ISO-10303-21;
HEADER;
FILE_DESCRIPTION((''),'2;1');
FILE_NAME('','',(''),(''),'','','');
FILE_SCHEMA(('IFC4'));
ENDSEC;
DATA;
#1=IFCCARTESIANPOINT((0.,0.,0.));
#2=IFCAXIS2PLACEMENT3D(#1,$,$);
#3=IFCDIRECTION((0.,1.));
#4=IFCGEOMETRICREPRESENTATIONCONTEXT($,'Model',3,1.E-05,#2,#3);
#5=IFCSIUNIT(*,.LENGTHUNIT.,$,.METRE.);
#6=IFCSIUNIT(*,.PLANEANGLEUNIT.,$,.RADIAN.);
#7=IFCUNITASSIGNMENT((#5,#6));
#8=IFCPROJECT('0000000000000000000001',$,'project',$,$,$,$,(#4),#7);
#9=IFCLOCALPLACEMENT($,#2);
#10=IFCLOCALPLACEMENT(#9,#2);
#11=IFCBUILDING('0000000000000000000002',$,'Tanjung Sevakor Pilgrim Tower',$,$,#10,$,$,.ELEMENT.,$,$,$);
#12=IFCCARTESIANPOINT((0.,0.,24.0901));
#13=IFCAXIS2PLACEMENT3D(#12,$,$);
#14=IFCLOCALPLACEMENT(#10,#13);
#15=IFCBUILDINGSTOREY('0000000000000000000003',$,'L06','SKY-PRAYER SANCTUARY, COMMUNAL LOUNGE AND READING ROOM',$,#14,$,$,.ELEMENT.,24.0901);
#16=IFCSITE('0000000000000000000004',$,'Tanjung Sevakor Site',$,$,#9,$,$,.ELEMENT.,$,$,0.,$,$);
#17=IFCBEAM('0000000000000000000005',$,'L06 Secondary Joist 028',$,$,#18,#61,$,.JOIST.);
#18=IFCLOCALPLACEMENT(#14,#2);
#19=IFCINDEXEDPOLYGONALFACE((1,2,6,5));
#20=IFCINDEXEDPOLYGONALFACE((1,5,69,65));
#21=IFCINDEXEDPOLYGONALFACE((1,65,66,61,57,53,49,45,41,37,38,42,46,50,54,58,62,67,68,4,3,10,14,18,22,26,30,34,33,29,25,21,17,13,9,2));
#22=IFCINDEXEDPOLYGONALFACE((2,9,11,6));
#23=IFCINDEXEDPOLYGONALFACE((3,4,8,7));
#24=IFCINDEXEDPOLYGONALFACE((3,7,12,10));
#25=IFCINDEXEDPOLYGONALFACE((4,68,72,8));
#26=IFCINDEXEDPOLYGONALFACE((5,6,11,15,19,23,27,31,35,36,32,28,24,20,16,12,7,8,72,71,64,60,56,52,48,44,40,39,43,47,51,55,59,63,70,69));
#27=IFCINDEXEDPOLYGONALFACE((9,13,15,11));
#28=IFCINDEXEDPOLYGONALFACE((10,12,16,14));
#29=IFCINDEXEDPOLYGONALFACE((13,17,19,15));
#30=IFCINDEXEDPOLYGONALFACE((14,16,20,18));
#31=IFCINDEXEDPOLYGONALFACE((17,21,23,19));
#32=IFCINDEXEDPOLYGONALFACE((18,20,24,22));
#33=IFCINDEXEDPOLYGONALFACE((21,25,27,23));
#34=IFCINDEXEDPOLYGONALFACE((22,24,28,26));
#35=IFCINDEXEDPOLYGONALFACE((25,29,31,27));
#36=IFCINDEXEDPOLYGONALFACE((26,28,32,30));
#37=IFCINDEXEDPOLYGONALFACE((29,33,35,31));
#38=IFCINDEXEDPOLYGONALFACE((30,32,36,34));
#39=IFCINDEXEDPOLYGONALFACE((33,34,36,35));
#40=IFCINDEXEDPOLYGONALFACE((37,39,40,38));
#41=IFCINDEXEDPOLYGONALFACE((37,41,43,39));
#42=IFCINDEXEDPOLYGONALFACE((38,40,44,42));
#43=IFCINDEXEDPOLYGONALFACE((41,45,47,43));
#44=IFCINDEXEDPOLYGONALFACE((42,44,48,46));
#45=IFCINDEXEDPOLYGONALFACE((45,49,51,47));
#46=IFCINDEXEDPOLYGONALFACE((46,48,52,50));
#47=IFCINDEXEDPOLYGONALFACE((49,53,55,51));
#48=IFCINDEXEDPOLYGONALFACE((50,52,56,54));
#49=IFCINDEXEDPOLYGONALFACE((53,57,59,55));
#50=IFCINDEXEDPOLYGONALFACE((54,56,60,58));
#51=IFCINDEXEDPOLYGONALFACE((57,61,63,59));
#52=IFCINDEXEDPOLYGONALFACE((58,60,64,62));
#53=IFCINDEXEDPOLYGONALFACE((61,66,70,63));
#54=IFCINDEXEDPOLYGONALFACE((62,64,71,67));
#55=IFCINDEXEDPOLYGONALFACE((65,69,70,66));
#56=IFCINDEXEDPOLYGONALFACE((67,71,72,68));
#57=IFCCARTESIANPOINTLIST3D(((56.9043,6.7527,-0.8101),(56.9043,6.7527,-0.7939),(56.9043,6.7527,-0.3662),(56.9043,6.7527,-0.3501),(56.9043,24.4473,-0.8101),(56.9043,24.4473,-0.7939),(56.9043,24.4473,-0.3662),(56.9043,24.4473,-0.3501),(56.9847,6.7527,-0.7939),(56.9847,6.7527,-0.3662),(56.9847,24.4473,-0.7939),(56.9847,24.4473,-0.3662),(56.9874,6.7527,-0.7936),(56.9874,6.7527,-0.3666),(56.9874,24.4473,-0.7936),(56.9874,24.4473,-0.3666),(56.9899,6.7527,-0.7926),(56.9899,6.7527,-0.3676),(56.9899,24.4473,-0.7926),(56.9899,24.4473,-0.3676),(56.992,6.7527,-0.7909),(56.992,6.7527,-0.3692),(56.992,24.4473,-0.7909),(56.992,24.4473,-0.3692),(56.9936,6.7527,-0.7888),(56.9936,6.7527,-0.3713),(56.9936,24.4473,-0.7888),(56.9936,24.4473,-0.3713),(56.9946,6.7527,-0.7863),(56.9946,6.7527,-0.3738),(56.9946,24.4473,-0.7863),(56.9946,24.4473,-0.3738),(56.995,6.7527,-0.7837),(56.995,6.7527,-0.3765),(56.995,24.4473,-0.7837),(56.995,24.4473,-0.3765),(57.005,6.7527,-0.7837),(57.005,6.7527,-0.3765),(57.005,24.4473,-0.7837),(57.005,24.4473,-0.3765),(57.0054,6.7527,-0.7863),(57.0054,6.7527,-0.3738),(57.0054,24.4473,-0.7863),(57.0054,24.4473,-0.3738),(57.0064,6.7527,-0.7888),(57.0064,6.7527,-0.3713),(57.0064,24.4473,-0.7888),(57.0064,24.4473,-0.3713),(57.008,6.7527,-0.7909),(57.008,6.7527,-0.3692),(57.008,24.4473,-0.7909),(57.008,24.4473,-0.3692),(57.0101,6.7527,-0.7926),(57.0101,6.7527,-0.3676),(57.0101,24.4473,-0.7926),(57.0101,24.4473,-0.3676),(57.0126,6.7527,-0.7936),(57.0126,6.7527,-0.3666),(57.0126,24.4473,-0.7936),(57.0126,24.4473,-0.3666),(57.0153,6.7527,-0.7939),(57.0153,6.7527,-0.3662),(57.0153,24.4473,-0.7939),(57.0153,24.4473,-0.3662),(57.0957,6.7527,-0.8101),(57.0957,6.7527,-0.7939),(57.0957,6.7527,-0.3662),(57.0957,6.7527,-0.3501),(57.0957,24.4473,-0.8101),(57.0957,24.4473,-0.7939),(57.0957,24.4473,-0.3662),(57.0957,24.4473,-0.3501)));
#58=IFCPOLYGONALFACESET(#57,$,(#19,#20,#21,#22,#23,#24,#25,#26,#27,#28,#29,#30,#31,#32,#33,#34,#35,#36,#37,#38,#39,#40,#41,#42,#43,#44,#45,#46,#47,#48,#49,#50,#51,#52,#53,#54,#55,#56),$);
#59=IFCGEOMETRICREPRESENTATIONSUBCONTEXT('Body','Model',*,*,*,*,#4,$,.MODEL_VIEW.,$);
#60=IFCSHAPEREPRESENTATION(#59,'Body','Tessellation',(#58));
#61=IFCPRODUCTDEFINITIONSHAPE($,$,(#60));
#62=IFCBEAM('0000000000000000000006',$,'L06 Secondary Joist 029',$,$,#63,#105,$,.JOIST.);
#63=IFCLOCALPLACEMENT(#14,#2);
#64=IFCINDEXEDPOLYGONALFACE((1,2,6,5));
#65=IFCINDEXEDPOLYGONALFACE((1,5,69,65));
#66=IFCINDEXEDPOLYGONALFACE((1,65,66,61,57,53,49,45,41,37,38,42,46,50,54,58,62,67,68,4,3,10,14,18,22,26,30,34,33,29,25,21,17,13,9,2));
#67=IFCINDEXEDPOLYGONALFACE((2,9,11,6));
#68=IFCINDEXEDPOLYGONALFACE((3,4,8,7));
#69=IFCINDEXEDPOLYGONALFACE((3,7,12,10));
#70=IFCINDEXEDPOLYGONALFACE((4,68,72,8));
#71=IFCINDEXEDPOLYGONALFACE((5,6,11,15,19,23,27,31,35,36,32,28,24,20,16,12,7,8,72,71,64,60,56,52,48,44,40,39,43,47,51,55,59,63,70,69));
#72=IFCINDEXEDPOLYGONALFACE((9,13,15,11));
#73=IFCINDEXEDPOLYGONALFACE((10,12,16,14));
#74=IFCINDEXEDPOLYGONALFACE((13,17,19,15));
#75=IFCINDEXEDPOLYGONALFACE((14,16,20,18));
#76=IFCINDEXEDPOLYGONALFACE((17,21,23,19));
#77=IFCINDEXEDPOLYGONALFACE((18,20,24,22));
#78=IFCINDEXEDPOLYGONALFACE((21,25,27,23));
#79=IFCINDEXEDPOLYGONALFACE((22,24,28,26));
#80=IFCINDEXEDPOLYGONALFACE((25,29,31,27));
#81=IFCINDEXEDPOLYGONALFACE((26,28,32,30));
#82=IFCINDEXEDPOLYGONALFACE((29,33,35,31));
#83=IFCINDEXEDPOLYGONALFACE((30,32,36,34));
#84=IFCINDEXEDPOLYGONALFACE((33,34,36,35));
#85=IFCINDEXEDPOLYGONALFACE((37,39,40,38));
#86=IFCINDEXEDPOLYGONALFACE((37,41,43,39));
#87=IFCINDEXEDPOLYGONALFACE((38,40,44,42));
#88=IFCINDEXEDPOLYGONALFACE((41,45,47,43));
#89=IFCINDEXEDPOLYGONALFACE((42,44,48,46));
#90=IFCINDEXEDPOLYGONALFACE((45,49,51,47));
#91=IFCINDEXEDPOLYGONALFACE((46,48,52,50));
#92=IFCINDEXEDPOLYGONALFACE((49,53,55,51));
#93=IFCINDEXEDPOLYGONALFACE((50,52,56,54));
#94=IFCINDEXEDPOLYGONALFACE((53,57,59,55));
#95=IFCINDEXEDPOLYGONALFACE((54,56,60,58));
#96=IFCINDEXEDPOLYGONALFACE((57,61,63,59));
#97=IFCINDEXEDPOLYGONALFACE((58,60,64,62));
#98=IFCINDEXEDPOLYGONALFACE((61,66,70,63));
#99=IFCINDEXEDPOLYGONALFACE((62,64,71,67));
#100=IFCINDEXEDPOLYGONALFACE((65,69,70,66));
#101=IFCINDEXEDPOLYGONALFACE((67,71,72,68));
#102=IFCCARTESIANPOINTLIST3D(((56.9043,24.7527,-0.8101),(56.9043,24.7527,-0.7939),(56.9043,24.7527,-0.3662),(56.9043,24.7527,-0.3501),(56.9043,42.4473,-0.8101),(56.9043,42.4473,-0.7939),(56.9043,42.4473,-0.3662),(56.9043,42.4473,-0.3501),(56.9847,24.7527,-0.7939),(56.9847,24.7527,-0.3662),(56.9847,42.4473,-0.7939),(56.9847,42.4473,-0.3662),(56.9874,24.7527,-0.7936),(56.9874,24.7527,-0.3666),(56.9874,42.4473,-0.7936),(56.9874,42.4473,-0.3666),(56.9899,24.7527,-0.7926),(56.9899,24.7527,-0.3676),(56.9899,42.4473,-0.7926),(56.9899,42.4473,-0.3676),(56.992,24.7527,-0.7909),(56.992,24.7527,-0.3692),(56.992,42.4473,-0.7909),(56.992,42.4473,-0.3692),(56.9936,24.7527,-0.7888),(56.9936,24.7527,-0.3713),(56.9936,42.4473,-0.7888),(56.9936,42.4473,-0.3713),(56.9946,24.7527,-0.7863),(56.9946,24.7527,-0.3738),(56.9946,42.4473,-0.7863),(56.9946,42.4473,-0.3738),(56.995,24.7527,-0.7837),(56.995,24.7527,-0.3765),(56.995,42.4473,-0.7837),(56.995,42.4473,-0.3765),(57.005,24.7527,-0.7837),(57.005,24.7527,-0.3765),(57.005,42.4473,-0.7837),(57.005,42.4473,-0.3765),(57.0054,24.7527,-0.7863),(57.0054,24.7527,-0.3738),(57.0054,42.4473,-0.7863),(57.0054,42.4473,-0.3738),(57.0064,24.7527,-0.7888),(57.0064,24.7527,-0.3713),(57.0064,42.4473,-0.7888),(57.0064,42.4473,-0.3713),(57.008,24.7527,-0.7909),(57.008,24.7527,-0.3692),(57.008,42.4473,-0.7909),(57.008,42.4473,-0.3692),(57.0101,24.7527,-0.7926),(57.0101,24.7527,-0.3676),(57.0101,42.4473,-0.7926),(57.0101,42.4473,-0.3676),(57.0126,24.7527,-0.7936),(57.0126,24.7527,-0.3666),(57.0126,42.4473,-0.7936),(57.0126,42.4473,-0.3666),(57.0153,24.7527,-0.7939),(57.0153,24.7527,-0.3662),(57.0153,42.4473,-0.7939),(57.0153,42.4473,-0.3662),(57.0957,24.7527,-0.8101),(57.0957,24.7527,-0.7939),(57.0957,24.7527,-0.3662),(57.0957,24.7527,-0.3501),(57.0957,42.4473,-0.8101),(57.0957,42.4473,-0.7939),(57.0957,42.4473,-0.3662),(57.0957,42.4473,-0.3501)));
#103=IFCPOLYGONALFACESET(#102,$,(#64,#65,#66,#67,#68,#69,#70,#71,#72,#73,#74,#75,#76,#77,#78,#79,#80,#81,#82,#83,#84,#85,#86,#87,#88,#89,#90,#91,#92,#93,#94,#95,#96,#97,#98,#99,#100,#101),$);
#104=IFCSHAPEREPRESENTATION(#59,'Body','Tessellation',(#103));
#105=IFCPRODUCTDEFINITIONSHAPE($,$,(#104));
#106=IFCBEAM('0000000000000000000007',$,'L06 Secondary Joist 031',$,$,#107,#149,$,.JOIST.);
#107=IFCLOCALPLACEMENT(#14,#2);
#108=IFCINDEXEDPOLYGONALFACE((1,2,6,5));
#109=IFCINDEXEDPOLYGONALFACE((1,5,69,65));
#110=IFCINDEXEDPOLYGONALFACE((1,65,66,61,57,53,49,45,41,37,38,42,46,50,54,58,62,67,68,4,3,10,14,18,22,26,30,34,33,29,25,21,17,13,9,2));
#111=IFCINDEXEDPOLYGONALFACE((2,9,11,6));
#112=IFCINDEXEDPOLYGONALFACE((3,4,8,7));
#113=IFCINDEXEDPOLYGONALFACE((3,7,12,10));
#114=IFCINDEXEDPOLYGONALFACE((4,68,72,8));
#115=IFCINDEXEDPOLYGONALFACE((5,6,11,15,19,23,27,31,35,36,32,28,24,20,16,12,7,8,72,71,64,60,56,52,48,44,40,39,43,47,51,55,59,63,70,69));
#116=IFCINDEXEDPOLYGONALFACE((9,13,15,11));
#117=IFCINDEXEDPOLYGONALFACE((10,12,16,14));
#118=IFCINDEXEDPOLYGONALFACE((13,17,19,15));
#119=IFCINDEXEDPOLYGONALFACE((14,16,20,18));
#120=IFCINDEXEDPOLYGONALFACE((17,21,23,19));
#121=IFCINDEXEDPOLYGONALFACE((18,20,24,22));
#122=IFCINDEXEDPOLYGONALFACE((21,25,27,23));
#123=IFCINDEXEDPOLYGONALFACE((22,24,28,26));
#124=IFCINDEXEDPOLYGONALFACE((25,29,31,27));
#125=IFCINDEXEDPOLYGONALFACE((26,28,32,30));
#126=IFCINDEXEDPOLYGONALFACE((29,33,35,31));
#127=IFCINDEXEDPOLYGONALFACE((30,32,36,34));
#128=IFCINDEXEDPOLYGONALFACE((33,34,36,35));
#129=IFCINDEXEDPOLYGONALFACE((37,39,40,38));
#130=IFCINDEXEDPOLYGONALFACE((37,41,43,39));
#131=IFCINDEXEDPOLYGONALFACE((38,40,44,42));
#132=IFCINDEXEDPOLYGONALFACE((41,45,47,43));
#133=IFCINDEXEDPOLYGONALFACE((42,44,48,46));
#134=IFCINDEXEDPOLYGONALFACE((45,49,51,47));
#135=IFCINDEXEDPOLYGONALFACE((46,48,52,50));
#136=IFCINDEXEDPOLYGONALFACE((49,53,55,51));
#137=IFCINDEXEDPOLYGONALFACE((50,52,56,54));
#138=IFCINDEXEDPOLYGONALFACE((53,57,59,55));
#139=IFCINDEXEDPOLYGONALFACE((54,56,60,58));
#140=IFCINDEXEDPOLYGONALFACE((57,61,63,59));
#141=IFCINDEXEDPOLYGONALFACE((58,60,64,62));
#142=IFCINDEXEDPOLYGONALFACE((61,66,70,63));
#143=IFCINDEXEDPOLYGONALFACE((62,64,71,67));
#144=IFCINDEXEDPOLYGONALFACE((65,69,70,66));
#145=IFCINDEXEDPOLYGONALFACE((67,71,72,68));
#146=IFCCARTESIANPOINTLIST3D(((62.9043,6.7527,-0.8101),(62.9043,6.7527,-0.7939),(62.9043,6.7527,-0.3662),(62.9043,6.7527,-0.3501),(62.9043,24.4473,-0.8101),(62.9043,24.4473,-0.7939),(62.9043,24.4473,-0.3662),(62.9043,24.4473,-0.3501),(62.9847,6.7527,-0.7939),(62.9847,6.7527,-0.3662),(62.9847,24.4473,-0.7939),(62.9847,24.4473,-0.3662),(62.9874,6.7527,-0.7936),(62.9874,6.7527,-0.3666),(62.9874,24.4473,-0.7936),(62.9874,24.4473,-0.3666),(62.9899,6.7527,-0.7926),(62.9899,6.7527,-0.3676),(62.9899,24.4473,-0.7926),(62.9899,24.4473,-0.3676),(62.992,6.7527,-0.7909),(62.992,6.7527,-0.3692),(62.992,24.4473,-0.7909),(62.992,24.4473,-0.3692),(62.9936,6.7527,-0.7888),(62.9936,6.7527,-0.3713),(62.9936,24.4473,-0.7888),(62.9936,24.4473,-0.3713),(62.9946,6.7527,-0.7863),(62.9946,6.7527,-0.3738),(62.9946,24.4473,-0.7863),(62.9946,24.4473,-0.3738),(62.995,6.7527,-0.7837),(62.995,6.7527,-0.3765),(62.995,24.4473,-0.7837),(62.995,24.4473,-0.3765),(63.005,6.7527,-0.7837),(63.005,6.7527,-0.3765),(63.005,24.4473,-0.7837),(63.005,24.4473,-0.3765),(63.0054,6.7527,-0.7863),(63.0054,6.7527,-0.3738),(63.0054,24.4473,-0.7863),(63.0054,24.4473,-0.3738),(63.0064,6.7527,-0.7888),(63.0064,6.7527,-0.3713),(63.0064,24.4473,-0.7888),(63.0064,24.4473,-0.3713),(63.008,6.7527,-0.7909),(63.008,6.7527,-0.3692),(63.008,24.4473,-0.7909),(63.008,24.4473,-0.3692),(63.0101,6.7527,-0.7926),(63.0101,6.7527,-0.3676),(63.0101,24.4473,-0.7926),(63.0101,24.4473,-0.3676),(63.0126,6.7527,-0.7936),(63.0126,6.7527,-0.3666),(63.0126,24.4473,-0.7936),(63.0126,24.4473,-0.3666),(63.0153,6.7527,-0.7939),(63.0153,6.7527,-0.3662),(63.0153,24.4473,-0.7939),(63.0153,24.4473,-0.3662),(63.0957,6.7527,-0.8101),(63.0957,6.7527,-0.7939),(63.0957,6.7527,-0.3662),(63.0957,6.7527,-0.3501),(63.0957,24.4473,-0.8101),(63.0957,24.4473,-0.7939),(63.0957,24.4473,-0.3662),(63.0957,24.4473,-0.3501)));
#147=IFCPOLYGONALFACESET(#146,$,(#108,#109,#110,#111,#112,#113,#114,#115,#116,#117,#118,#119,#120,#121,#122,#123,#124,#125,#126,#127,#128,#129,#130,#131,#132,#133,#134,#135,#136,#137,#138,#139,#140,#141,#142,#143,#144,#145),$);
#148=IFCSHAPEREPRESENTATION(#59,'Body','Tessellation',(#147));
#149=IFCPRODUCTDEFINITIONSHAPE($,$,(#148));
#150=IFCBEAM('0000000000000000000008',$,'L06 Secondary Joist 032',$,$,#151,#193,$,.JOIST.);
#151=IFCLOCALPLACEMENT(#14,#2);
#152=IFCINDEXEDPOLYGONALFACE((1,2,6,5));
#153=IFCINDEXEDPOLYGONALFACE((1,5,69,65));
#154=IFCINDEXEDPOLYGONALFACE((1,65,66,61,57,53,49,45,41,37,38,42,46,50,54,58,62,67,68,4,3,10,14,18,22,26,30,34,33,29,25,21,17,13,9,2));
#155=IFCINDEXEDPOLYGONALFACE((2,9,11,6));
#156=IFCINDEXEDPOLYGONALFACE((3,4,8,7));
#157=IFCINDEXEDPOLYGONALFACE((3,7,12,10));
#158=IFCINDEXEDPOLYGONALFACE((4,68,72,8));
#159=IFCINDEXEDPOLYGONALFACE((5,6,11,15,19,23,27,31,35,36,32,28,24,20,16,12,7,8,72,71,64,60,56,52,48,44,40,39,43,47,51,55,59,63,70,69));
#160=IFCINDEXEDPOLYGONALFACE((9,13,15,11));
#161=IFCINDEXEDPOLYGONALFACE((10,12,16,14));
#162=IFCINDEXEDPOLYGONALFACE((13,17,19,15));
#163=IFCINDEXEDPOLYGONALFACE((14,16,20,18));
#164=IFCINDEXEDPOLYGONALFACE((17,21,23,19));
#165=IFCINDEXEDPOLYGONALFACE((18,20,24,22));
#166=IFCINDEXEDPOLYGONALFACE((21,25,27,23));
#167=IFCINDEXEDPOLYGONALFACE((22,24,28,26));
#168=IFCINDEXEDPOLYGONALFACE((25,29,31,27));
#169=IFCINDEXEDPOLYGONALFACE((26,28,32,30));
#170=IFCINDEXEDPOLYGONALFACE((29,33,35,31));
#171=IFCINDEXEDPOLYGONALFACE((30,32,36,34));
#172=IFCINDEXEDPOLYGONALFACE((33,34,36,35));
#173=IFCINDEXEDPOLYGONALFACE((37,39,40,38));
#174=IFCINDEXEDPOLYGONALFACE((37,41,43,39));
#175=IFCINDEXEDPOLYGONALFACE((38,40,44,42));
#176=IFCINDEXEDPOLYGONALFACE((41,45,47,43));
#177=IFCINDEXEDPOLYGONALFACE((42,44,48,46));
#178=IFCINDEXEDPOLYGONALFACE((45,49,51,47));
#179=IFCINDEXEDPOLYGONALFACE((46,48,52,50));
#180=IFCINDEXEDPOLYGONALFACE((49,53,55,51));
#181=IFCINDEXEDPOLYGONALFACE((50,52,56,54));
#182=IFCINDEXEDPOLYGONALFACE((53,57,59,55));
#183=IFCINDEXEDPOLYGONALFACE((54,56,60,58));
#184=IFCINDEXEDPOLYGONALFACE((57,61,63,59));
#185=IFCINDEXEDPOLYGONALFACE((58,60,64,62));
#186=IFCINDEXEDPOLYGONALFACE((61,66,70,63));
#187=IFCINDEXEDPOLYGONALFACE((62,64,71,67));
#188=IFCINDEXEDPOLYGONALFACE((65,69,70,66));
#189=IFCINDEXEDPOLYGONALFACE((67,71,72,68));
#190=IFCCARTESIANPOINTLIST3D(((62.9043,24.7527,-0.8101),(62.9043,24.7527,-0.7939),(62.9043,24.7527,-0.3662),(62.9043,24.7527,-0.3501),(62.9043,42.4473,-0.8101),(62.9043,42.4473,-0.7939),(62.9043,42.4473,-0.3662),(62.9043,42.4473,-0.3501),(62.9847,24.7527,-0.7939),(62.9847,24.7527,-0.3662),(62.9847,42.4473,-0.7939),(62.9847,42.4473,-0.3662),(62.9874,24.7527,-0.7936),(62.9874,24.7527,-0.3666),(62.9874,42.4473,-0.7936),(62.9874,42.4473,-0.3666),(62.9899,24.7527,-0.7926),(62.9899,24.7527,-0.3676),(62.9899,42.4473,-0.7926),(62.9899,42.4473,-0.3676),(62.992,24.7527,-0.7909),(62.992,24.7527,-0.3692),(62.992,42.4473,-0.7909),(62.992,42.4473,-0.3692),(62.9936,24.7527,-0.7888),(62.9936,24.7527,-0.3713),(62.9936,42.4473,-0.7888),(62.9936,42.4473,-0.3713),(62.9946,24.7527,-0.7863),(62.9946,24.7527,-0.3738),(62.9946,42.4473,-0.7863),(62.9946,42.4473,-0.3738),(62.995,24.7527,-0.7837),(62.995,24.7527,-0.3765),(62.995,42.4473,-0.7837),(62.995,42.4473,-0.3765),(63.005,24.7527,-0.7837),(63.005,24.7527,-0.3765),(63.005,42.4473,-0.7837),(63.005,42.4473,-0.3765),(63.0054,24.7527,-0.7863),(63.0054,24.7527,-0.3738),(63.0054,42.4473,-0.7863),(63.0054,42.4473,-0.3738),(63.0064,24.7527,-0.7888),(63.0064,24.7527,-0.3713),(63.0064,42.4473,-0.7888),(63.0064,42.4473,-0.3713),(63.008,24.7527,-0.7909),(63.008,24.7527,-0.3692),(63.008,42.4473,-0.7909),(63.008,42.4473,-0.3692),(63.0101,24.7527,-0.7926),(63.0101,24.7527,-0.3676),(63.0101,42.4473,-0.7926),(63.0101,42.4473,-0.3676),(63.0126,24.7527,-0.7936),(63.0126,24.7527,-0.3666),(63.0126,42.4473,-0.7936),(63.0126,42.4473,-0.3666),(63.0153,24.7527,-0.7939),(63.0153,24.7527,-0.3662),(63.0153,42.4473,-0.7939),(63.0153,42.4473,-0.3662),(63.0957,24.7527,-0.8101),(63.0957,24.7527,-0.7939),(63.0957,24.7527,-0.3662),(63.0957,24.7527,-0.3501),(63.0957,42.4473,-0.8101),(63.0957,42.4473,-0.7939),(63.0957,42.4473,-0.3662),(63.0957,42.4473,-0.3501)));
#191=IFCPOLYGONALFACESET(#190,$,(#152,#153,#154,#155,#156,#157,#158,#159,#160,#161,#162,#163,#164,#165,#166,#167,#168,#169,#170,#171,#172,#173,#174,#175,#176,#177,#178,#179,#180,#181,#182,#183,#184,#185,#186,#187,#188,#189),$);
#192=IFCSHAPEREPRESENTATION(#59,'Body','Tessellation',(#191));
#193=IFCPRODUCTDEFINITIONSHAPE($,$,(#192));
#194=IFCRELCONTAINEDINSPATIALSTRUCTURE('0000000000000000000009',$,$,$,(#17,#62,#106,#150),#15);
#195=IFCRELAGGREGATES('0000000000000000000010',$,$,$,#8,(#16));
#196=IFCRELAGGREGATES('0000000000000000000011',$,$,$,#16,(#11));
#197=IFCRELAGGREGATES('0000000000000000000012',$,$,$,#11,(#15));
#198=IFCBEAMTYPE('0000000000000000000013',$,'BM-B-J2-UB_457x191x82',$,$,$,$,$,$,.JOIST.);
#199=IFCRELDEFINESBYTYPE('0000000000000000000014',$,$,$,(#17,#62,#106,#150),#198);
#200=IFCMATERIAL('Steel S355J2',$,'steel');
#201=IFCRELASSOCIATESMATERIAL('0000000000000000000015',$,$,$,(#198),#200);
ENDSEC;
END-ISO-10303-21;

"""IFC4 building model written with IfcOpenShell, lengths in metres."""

from ifc_helpers import new_model, si_unit, direction, frame, origin, origin_2d, place, context, subcontext, project, spatial, i_section, extrude, material, material_profile, profile_set, type_object, element, save


model = new_model("IFC4")

# Units and contexts
model_context = context("Model", 3, precision=1e-05, world=origin(), true_north=direction((0.0, 1.0)))
body_context = subcontext(model_context, "Body", "Model", "MODEL_VIEW")
ifc_project = project(units=[si_unit("LENGTHUNIT", "METRE"), si_unit("PLANEANGLEUNIT", "RADIAN")], contexts=[model_context])

# Site, building, storey
site_placement = place(None, origin())
site = spatial("IfcSite", under=ifc_project, at=site_placement, Name="Tanjung Sevakor Site", CompositionType="ELEMENT", RefElevation=0.0)
building_placement = place(site_placement, origin())
building = spatial("IfcBuilding", under=site, at=building_placement, Name="Tanjung Sevakor Pilgrim Tower", CompositionType="ELEMENT")
storey_placement = place(building_placement, frame((0.0, 0.0, 24.0901)))
storey = spatial("IfcBuildingStorey", under=building, at=storey_placement, Name="L06", Description="SKY-PRAYER SANCTUARY, COMMUNAL LOUNGE AND READING ROOM", CompositionType="ELEMENT", Elevation=24.0901)

# Beams
ifc_material_1 = material(Name="Steel S355J2", Category="steel")
ifc_material_profile_1 = material_profile(ifc_material_1, i_section(OverallWidth=0.1914, OverallDepth=0.46, WebThickness=0.01, FlangeThickness=0.0161, FilletRadius=0.0103, at=origin_2d()))
ifc_profile_set_1 = profile_set([ifc_material_profile_1], Name="Steel S355J2")
beam_type_1 = type_object("IfcBeamType", Name="BM-B-J2-UB_457x191x82", PredefinedType="JOIST", material=ifc_profile_set_1)
for number, where, z_axis, x_axis, name in (
    (1, (57.0, 6.7527, -0.5801), (0.0, 1.0, 0.0), (-1.0, 0.0, 0.0), "L06 Secondary Joist 028"),
    (2, (57.0, 24.7527, -0.5801), (0.0, 1.0, 0.0), (-1.0, 0.0, 0.0), "L06 Secondary Joist 029"),
    (3, (63.0, 6.7527, -0.5801), (0.0, 1.0, 0.0), (-1.0, 0.0, 0.0), "L06 Secondary Joist 031"),
    (4, (63.0, 24.7527, -0.5801), (0.0, 1.0, 0.0), (-1.0, 0.0, 0.0), "L06 Secondary Joist 032"),
):
    element("IfcBeam", number, at=place(storey_placement, frame(where, z_axis=z_axis, x_axis=x_axis)), inside=storey, type_object=beam_type_1, Name=name, PredefinedType="JOIST", context=body_context, shape_type="SweptSolid", body=[
        extrude(i_section(OverallWidth=0.1914, OverallDepth=0.46, WebThickness=0.01, FlangeThickness=0.0161, FilletRadius=0.0103, at=origin_2d()), origin(), (0.0, 0.0, 1.0), 17.6946),
    ])

save(model, "model.ifc")
